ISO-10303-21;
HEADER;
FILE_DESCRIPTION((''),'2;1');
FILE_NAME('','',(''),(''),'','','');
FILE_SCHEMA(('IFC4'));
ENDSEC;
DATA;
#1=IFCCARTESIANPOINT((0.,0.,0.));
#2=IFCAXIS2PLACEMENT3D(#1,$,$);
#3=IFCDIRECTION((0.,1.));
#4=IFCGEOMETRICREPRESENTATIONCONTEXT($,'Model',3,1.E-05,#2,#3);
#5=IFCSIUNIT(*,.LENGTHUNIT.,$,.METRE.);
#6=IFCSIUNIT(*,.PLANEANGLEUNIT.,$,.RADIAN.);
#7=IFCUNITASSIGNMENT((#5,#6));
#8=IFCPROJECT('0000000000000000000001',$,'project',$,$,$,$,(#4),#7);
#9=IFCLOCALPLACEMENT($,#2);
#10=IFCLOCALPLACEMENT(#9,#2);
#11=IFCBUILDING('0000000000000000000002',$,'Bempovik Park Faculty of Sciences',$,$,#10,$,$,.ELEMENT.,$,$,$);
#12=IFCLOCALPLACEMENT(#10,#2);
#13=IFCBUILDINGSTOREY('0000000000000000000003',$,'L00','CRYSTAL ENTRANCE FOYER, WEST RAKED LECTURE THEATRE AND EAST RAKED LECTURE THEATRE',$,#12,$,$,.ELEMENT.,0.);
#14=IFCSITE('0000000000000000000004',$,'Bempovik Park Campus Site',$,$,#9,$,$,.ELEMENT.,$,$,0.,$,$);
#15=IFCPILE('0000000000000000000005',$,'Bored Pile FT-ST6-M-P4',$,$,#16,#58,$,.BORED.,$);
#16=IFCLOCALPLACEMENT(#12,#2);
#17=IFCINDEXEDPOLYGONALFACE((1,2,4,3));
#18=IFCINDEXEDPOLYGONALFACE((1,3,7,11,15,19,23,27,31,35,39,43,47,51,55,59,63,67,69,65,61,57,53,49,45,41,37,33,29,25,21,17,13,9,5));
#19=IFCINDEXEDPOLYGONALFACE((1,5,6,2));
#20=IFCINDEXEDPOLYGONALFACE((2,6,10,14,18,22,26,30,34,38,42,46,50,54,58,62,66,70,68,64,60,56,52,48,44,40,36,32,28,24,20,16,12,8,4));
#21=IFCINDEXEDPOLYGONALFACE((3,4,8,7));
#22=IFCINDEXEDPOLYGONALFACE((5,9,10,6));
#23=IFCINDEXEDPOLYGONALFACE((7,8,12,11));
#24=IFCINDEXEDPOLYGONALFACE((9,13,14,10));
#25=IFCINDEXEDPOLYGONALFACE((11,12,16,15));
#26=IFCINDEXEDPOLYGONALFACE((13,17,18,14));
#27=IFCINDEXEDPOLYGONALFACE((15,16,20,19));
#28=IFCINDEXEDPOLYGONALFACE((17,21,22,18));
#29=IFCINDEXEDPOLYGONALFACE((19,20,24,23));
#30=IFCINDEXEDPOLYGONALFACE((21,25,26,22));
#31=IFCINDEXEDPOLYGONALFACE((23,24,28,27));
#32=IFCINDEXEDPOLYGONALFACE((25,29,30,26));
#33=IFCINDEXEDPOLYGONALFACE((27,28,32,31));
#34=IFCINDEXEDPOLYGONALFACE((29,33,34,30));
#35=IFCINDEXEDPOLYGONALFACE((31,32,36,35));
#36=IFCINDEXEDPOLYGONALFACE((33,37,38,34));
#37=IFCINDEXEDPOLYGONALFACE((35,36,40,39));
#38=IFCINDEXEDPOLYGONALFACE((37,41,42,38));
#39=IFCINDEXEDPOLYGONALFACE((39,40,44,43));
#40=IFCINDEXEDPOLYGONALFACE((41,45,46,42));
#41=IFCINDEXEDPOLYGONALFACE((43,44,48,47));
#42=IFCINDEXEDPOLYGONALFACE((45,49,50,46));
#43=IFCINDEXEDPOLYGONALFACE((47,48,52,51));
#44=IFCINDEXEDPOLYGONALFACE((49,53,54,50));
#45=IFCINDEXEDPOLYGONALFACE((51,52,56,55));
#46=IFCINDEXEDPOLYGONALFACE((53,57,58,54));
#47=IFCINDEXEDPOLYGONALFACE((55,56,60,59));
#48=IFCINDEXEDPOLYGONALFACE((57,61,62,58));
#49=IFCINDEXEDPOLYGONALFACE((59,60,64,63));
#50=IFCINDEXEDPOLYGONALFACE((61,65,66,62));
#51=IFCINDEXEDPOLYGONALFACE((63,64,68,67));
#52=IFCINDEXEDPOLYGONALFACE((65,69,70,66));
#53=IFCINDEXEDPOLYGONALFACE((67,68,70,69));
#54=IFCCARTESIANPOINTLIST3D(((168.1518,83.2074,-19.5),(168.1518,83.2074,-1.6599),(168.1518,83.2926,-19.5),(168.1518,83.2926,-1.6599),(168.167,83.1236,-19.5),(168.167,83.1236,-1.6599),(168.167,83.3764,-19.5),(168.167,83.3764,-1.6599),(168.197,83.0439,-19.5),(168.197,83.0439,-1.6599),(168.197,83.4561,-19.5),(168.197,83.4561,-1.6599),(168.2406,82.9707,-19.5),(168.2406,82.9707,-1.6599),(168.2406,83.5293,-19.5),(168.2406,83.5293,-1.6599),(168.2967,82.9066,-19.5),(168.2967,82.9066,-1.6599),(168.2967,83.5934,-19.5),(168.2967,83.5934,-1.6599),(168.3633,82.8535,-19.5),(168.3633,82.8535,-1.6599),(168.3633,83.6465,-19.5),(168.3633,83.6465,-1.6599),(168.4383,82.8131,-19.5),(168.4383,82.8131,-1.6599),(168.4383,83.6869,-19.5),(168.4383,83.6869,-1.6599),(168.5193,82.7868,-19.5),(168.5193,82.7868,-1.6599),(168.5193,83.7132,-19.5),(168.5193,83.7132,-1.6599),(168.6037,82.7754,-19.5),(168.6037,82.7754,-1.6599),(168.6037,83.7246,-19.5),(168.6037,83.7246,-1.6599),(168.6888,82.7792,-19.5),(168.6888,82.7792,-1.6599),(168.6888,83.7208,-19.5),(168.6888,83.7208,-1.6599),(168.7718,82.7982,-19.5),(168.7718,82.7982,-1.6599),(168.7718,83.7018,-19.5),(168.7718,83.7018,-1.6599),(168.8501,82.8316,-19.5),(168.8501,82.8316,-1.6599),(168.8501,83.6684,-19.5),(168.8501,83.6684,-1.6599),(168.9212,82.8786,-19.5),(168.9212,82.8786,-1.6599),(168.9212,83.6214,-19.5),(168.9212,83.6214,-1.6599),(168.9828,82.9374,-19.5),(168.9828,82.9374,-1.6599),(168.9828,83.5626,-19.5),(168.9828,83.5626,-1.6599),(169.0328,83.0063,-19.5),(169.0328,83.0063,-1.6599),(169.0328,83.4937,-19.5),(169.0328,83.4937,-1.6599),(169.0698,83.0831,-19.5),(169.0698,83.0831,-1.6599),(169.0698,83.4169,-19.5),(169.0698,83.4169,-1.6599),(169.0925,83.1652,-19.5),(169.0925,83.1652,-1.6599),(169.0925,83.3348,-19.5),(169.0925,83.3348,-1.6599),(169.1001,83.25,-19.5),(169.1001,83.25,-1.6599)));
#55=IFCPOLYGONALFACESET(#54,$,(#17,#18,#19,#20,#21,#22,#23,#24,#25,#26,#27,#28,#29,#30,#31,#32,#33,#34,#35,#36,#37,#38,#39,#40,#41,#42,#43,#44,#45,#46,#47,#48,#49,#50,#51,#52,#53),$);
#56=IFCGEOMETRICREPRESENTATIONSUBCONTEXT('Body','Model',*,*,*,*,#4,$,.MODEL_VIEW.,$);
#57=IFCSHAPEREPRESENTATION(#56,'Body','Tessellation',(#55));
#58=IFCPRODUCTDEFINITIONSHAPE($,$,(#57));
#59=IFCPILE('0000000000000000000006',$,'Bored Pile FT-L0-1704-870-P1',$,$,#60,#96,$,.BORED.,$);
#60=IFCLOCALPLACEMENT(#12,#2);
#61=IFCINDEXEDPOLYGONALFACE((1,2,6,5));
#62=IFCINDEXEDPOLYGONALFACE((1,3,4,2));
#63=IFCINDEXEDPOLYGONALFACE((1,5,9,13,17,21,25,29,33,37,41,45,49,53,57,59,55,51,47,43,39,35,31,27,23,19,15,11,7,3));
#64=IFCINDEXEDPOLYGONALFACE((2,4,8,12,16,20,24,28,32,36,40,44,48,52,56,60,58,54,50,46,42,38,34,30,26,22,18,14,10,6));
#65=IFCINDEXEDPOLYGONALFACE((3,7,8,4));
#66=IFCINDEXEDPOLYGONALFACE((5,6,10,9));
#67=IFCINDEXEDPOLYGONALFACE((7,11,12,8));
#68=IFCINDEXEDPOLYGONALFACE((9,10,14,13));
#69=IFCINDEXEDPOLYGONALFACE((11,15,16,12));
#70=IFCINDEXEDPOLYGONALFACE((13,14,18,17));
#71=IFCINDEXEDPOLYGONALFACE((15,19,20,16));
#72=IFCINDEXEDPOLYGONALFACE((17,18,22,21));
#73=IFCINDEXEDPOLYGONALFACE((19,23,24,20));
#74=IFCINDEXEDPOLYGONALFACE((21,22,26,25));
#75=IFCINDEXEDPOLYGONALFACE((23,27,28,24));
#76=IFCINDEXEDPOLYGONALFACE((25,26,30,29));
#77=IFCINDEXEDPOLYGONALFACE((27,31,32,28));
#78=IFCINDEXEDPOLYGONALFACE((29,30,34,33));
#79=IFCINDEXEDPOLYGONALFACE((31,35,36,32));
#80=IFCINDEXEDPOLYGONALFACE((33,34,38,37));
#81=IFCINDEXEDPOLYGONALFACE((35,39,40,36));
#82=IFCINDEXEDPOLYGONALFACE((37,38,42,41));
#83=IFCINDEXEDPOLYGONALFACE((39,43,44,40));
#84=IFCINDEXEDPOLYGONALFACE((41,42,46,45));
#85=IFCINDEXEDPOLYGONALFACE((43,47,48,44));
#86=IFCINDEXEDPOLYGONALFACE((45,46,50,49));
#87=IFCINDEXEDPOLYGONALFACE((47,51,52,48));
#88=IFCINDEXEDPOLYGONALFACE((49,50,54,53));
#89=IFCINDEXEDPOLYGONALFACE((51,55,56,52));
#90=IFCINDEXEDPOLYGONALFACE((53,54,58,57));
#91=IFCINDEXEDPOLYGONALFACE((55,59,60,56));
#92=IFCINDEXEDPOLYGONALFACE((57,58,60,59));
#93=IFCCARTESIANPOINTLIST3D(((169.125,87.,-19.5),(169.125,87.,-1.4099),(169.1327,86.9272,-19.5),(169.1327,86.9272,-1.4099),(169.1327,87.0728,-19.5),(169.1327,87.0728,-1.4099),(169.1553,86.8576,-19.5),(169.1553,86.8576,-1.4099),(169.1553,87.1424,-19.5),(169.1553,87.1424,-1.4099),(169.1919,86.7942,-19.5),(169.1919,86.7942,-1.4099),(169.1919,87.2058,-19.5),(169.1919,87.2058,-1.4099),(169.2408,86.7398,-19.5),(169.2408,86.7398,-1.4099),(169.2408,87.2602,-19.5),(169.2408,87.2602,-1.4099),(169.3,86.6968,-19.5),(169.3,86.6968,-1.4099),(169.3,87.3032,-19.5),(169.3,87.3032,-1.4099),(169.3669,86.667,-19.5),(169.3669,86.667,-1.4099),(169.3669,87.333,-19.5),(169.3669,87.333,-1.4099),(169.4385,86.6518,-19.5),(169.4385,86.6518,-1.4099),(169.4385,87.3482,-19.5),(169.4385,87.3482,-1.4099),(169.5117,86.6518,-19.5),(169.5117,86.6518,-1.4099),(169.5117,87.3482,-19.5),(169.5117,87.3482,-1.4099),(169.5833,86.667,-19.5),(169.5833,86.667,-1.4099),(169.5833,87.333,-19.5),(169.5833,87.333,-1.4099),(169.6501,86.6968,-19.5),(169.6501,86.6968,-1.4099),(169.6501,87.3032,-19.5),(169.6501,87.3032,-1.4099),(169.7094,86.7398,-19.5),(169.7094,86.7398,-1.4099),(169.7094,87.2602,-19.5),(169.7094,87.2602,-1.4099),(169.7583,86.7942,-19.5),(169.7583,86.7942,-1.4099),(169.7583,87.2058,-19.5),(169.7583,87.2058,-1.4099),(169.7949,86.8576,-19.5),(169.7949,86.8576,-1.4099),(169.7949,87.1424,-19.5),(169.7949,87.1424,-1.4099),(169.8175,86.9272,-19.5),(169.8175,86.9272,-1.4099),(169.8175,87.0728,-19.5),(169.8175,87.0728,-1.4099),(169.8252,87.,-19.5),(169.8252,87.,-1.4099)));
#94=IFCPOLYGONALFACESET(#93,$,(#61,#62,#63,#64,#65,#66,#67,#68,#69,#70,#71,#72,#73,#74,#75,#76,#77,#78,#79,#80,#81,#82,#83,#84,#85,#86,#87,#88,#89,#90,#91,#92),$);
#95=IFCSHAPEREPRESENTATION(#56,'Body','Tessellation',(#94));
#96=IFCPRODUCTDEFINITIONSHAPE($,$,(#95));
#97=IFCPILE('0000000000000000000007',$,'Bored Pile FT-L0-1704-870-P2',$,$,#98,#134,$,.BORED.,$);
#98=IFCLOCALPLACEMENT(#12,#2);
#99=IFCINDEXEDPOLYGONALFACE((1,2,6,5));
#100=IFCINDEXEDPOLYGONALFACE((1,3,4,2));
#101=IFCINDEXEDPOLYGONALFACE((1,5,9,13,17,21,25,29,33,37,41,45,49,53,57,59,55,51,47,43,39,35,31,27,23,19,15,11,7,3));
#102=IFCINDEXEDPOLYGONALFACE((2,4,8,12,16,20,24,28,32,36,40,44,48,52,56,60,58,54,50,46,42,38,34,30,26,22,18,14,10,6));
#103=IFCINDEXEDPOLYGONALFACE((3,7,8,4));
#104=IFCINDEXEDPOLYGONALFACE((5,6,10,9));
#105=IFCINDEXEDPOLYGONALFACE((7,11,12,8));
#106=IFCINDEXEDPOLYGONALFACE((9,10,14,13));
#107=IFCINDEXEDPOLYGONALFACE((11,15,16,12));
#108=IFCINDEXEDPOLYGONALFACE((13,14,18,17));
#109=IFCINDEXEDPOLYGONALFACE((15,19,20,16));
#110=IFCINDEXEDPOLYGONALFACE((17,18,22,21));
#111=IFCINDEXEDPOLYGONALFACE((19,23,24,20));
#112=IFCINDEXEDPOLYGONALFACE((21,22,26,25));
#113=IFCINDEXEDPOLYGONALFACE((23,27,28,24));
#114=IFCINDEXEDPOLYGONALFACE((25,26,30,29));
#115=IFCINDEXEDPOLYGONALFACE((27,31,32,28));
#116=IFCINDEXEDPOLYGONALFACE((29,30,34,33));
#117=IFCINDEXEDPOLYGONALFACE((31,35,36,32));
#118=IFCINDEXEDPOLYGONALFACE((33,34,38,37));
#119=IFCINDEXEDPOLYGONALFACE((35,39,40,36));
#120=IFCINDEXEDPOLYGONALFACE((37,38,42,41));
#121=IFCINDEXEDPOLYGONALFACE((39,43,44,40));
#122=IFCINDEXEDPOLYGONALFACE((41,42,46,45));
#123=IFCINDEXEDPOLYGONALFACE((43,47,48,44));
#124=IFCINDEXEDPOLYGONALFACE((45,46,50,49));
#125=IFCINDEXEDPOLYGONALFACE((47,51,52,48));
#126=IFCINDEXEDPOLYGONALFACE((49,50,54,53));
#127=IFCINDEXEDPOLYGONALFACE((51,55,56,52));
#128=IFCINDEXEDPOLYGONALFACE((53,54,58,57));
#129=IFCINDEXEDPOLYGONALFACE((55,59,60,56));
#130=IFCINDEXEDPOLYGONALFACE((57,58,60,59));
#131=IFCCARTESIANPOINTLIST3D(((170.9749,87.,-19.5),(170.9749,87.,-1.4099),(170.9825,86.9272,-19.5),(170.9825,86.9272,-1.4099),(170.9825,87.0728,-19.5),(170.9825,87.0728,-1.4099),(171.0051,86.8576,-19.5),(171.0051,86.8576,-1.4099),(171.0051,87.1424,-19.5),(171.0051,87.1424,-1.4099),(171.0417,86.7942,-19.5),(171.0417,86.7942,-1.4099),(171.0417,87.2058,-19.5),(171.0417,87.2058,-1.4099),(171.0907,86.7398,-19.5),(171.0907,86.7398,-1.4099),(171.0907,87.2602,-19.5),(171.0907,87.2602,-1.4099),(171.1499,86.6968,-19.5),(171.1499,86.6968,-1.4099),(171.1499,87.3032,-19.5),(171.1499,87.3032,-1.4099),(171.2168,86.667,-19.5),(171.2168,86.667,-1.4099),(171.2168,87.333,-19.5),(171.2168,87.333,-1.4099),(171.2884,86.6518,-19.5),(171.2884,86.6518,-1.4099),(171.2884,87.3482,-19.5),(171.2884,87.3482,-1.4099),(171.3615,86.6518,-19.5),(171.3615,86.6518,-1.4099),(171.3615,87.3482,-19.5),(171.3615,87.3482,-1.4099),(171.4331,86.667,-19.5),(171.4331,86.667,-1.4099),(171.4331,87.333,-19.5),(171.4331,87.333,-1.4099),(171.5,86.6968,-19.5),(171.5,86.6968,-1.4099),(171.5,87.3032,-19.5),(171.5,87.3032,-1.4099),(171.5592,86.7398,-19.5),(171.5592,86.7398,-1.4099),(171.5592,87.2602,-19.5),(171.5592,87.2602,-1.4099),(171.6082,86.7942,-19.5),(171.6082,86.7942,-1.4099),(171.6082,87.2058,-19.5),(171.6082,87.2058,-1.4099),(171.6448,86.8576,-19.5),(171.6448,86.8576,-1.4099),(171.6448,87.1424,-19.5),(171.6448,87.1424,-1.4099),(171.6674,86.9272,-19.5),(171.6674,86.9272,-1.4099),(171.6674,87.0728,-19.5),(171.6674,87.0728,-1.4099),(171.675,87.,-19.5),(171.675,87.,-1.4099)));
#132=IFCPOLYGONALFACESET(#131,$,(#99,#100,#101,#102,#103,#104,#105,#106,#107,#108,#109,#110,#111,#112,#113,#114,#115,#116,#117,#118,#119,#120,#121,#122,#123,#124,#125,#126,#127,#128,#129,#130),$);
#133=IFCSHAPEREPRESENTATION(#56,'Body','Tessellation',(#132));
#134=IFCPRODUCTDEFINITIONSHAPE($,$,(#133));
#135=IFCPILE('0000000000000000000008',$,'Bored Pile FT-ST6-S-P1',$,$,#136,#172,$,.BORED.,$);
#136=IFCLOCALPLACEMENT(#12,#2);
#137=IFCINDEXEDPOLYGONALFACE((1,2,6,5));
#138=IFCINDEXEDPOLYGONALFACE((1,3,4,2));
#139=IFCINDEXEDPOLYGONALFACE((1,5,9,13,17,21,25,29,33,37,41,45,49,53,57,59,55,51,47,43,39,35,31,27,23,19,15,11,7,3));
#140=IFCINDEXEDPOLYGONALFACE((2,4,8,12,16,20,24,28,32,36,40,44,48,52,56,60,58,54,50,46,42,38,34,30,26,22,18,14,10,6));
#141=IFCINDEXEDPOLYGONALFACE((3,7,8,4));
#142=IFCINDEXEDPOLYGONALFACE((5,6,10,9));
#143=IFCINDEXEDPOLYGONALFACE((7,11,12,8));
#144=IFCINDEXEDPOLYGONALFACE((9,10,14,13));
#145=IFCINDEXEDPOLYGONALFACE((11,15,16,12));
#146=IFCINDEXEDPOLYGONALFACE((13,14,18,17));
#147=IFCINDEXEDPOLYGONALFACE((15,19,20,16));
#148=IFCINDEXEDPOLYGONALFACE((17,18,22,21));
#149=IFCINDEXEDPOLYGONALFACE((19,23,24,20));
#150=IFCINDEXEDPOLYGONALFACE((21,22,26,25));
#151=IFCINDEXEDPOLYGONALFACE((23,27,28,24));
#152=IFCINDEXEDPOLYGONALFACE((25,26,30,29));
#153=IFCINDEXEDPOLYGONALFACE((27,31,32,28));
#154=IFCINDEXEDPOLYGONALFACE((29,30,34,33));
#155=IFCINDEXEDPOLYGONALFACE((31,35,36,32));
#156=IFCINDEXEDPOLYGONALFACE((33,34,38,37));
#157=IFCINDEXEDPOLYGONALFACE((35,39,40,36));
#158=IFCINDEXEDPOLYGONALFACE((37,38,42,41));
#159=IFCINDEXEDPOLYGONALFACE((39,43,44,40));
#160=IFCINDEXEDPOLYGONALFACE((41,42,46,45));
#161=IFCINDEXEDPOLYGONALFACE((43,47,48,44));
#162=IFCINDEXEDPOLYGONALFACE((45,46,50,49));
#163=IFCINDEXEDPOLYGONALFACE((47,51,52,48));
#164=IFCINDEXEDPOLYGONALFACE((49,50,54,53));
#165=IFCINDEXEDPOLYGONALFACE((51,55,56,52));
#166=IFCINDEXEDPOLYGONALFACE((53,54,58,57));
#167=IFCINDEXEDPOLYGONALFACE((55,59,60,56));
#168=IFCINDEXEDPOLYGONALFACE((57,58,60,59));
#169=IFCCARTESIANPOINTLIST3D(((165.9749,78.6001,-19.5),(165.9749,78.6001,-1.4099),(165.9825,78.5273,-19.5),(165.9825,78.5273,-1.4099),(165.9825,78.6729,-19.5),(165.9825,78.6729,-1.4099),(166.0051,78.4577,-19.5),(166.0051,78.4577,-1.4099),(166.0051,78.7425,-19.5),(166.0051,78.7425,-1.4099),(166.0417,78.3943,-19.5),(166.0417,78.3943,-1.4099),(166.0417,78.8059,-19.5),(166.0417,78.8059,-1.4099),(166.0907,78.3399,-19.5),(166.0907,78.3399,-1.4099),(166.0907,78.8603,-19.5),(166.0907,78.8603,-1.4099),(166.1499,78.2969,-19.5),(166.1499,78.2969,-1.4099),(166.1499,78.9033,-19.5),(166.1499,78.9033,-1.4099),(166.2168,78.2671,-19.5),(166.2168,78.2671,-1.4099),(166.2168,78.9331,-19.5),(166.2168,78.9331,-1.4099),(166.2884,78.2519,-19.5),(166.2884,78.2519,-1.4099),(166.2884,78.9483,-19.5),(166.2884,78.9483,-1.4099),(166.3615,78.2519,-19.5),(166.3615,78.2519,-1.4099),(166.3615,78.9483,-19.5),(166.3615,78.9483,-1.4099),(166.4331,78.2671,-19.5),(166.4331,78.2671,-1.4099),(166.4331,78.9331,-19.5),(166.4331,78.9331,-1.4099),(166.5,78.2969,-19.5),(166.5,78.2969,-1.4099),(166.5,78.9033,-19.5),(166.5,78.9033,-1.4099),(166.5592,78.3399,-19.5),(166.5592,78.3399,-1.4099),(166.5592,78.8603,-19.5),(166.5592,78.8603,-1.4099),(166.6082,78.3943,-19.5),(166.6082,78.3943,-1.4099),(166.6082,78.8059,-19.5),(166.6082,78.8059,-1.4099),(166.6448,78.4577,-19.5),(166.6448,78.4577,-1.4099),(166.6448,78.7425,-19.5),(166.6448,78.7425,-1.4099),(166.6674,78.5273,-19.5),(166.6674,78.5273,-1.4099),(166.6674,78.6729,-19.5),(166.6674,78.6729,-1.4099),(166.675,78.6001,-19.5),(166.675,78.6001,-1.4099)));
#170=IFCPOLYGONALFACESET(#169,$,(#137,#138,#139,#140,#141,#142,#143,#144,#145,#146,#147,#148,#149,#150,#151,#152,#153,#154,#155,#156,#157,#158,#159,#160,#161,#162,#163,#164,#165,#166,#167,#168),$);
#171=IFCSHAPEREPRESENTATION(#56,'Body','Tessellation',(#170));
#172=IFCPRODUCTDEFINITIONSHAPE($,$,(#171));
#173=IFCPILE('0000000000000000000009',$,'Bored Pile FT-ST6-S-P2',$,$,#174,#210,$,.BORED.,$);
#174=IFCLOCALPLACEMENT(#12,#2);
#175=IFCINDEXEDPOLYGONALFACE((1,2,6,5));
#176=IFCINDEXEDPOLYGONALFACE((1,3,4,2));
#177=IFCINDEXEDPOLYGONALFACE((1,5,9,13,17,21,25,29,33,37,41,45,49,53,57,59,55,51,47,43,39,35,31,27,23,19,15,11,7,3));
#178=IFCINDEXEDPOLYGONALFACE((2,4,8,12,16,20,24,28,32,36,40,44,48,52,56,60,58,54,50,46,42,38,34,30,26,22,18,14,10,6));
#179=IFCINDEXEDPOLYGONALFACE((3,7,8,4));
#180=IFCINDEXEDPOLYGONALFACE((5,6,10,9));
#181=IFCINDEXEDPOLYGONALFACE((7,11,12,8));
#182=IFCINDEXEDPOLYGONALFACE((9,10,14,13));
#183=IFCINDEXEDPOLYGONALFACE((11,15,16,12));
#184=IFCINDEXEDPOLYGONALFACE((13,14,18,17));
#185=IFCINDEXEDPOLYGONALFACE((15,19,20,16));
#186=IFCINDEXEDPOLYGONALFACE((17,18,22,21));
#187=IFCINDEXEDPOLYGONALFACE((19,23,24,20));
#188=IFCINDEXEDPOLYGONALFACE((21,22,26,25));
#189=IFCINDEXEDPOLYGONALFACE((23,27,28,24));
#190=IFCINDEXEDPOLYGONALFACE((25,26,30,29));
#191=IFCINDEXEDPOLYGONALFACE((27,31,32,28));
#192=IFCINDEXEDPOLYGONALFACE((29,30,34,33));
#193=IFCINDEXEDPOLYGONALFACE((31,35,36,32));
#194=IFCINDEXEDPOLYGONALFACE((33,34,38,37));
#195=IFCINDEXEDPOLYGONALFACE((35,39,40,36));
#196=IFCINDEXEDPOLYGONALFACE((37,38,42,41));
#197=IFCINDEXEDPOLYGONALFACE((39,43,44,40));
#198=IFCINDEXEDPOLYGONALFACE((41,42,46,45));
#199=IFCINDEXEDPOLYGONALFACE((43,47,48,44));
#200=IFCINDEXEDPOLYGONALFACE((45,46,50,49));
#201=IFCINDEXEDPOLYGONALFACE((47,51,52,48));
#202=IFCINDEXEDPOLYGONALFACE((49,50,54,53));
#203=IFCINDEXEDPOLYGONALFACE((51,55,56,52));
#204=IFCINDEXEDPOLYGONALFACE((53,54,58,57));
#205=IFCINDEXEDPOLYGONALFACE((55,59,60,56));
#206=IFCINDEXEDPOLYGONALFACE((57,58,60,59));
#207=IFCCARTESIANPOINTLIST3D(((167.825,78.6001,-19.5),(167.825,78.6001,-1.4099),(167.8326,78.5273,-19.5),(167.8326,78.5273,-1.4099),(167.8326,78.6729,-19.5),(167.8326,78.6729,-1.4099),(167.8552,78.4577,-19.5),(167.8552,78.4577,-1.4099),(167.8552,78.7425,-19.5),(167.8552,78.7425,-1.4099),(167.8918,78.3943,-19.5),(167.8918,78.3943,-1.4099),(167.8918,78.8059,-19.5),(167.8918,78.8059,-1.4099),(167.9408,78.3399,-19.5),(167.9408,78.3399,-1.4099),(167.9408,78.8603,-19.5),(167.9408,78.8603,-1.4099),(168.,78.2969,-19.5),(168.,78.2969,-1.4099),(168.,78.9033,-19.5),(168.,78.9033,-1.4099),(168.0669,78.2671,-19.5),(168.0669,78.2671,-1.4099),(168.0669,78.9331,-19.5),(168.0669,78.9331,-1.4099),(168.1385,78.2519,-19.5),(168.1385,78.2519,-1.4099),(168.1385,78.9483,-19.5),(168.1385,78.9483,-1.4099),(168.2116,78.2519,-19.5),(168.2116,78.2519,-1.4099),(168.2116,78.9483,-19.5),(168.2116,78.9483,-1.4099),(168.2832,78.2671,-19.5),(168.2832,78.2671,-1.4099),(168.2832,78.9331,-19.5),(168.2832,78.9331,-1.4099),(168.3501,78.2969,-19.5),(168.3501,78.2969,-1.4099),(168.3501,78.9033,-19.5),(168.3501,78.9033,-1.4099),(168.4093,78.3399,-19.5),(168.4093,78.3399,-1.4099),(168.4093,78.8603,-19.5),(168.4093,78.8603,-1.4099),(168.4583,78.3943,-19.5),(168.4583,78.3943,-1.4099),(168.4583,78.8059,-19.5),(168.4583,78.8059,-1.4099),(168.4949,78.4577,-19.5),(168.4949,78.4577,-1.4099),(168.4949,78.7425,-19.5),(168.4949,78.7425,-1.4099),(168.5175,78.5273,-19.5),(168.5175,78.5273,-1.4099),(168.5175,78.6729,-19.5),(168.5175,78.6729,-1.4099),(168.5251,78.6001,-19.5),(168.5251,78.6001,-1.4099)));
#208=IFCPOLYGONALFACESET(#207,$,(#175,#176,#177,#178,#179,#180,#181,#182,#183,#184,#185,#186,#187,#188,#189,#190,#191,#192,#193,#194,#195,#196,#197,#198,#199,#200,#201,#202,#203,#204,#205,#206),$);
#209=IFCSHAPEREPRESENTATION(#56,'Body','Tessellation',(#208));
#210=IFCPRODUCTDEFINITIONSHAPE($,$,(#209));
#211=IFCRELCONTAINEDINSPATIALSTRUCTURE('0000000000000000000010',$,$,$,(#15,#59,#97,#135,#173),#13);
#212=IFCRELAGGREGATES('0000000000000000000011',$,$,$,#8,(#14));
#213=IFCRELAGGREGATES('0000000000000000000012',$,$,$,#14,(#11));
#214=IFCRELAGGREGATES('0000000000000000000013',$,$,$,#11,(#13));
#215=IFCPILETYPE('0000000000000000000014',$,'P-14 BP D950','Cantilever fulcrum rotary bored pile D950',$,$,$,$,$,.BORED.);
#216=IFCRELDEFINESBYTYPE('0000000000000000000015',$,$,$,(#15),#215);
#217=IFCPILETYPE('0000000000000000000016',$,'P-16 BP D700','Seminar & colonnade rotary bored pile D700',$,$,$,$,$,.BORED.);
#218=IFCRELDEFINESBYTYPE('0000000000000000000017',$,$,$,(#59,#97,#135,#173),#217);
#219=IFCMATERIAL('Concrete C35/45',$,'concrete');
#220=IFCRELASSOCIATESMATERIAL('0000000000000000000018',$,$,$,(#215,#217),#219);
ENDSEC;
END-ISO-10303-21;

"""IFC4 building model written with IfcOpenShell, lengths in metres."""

from ifc_helpers import new_model, si_unit, direction, frame, origin, origin_2d, place, context, subcontext, project, spatial, circle, extrude, material, material_profile, profile_set, type_object, element, save


model = new_model("IFC4")

# Units and contexts
model_context = context("Model", 3, precision=1e-05, world=origin(), true_north=direction((0.0, 1.0)))
body_context = subcontext(model_context, "Body", "Model", "MODEL_VIEW")
ifc_project = project(units=[si_unit("LENGTHUNIT", "METRE"), si_unit("PLANEANGLEUNIT", "RADIAN")], contexts=[model_context])

# Site, building, storey
site_placement = place(None, origin())
site = spatial("IfcSite", under=ifc_project, at=site_placement, Name="Bempovik Park Campus Site", CompositionType="ELEMENT", RefElevation=0.0)
building_placement = place(site_placement, origin())
building = spatial("IfcBuilding", under=site, at=building_placement, Name="Bempovik Park Faculty of Sciences", CompositionType="ELEMENT")
storey_placement = place(building_placement, origin())
storey = spatial("IfcBuildingStorey", under=building, at=storey_placement, Name="L00", Description="CRYSTAL ENTRANCE FOYER, WEST RAKED LECTURE THEATRE AND EAST RAKED LECTURE THEATRE", CompositionType="ELEMENT", Elevation=0.0)

# Shared definitions
ifc_material_1 = material(Name="Concrete C35/45", Category="concrete")

# Piles
ifc_material_profile_1 = material_profile(ifc_material_1, circle(Radius=0.4751, at=origin_2d()), Name="BP D950")
ifc_profile_set_1 = profile_set([ifc_material_profile_1], Name="Concrete C35/45")
pile_type_1 = type_object("IfcPileType", Name="P-14 BP D950", Description="Cantilever fulcrum rotary bored pile D950", PredefinedType="BORED", material=ifc_profile_set_1)
for number, where, z_axis, x_axis, name in (
    (1, (168.625, 83.25, -1.6599), (0.0, 0.0, -1.0), (1.0, 0.0, 0.0), "Bored Pile FT-ST6-M-P4"),
):
    element("IfcPile", number, at=place(storey_placement, frame(where, z_axis=z_axis, x_axis=x_axis)), inside=storey, type_object=pile_type_1, Name=name, PredefinedType="BORED", context=body_context, shape_type="SweptSolid", body=[
        extrude(circle(Radius=0.4751, at=origin_2d()), origin(), (0.0, 0.0, 1.0), 17.8401),
    ])
ifc_material_profile_2 = material_profile(ifc_material_1, circle(Radius=0.3501, at=origin_2d()), Name="BP D700")
ifc_profile_set_2 = profile_set([ifc_material_profile_2], Name="Concrete C35/45")
pile_type_2 = type_object("IfcPileType", Name="P-16 BP D700", Description="Seminar & colonnade rotary bored pile D700", PredefinedType="BORED", material=ifc_profile_set_2)
for number, where, z_axis, x_axis, name in (
    (2, (169.4751, 87.0, -1.4099), (0.0, 0.0, -1.0), (1.0, 0.0, 0.0), "Bored Pile FT-L0-1704-870-P1"),
    (3, (171.325, 87.0, -1.4099), (0.0, 0.0, -1.0), (1.0, 0.0, 0.0), "Bored Pile FT-L0-1704-870-P2"),
    (4, (166.325, 78.6001, -1.4099), (0.0, 0.0, -1.0), (1.0, 0.0, 0.0), "Bored Pile FT-ST6-S-P1"),
    (5, (168.175, 78.6001, -1.4099), (0.0, 0.0, -1.0), (1.0, 0.0, 0.0), "Bored Pile FT-ST6-S-P2"),
):
    element("IfcPile", number, at=place(storey_placement, frame(where, z_axis=z_axis, x_axis=x_axis)), inside=storey, type_object=pile_type_2, Name=name, PredefinedType="BORED", context=body_context, shape_type="SweptSolid", body=[
        extrude(circle(Radius=0.3501, at=origin_2d()), origin(), (0.0, 0.0, 1.0), 18.0901),
    ])

save(model, "model.ifc")
